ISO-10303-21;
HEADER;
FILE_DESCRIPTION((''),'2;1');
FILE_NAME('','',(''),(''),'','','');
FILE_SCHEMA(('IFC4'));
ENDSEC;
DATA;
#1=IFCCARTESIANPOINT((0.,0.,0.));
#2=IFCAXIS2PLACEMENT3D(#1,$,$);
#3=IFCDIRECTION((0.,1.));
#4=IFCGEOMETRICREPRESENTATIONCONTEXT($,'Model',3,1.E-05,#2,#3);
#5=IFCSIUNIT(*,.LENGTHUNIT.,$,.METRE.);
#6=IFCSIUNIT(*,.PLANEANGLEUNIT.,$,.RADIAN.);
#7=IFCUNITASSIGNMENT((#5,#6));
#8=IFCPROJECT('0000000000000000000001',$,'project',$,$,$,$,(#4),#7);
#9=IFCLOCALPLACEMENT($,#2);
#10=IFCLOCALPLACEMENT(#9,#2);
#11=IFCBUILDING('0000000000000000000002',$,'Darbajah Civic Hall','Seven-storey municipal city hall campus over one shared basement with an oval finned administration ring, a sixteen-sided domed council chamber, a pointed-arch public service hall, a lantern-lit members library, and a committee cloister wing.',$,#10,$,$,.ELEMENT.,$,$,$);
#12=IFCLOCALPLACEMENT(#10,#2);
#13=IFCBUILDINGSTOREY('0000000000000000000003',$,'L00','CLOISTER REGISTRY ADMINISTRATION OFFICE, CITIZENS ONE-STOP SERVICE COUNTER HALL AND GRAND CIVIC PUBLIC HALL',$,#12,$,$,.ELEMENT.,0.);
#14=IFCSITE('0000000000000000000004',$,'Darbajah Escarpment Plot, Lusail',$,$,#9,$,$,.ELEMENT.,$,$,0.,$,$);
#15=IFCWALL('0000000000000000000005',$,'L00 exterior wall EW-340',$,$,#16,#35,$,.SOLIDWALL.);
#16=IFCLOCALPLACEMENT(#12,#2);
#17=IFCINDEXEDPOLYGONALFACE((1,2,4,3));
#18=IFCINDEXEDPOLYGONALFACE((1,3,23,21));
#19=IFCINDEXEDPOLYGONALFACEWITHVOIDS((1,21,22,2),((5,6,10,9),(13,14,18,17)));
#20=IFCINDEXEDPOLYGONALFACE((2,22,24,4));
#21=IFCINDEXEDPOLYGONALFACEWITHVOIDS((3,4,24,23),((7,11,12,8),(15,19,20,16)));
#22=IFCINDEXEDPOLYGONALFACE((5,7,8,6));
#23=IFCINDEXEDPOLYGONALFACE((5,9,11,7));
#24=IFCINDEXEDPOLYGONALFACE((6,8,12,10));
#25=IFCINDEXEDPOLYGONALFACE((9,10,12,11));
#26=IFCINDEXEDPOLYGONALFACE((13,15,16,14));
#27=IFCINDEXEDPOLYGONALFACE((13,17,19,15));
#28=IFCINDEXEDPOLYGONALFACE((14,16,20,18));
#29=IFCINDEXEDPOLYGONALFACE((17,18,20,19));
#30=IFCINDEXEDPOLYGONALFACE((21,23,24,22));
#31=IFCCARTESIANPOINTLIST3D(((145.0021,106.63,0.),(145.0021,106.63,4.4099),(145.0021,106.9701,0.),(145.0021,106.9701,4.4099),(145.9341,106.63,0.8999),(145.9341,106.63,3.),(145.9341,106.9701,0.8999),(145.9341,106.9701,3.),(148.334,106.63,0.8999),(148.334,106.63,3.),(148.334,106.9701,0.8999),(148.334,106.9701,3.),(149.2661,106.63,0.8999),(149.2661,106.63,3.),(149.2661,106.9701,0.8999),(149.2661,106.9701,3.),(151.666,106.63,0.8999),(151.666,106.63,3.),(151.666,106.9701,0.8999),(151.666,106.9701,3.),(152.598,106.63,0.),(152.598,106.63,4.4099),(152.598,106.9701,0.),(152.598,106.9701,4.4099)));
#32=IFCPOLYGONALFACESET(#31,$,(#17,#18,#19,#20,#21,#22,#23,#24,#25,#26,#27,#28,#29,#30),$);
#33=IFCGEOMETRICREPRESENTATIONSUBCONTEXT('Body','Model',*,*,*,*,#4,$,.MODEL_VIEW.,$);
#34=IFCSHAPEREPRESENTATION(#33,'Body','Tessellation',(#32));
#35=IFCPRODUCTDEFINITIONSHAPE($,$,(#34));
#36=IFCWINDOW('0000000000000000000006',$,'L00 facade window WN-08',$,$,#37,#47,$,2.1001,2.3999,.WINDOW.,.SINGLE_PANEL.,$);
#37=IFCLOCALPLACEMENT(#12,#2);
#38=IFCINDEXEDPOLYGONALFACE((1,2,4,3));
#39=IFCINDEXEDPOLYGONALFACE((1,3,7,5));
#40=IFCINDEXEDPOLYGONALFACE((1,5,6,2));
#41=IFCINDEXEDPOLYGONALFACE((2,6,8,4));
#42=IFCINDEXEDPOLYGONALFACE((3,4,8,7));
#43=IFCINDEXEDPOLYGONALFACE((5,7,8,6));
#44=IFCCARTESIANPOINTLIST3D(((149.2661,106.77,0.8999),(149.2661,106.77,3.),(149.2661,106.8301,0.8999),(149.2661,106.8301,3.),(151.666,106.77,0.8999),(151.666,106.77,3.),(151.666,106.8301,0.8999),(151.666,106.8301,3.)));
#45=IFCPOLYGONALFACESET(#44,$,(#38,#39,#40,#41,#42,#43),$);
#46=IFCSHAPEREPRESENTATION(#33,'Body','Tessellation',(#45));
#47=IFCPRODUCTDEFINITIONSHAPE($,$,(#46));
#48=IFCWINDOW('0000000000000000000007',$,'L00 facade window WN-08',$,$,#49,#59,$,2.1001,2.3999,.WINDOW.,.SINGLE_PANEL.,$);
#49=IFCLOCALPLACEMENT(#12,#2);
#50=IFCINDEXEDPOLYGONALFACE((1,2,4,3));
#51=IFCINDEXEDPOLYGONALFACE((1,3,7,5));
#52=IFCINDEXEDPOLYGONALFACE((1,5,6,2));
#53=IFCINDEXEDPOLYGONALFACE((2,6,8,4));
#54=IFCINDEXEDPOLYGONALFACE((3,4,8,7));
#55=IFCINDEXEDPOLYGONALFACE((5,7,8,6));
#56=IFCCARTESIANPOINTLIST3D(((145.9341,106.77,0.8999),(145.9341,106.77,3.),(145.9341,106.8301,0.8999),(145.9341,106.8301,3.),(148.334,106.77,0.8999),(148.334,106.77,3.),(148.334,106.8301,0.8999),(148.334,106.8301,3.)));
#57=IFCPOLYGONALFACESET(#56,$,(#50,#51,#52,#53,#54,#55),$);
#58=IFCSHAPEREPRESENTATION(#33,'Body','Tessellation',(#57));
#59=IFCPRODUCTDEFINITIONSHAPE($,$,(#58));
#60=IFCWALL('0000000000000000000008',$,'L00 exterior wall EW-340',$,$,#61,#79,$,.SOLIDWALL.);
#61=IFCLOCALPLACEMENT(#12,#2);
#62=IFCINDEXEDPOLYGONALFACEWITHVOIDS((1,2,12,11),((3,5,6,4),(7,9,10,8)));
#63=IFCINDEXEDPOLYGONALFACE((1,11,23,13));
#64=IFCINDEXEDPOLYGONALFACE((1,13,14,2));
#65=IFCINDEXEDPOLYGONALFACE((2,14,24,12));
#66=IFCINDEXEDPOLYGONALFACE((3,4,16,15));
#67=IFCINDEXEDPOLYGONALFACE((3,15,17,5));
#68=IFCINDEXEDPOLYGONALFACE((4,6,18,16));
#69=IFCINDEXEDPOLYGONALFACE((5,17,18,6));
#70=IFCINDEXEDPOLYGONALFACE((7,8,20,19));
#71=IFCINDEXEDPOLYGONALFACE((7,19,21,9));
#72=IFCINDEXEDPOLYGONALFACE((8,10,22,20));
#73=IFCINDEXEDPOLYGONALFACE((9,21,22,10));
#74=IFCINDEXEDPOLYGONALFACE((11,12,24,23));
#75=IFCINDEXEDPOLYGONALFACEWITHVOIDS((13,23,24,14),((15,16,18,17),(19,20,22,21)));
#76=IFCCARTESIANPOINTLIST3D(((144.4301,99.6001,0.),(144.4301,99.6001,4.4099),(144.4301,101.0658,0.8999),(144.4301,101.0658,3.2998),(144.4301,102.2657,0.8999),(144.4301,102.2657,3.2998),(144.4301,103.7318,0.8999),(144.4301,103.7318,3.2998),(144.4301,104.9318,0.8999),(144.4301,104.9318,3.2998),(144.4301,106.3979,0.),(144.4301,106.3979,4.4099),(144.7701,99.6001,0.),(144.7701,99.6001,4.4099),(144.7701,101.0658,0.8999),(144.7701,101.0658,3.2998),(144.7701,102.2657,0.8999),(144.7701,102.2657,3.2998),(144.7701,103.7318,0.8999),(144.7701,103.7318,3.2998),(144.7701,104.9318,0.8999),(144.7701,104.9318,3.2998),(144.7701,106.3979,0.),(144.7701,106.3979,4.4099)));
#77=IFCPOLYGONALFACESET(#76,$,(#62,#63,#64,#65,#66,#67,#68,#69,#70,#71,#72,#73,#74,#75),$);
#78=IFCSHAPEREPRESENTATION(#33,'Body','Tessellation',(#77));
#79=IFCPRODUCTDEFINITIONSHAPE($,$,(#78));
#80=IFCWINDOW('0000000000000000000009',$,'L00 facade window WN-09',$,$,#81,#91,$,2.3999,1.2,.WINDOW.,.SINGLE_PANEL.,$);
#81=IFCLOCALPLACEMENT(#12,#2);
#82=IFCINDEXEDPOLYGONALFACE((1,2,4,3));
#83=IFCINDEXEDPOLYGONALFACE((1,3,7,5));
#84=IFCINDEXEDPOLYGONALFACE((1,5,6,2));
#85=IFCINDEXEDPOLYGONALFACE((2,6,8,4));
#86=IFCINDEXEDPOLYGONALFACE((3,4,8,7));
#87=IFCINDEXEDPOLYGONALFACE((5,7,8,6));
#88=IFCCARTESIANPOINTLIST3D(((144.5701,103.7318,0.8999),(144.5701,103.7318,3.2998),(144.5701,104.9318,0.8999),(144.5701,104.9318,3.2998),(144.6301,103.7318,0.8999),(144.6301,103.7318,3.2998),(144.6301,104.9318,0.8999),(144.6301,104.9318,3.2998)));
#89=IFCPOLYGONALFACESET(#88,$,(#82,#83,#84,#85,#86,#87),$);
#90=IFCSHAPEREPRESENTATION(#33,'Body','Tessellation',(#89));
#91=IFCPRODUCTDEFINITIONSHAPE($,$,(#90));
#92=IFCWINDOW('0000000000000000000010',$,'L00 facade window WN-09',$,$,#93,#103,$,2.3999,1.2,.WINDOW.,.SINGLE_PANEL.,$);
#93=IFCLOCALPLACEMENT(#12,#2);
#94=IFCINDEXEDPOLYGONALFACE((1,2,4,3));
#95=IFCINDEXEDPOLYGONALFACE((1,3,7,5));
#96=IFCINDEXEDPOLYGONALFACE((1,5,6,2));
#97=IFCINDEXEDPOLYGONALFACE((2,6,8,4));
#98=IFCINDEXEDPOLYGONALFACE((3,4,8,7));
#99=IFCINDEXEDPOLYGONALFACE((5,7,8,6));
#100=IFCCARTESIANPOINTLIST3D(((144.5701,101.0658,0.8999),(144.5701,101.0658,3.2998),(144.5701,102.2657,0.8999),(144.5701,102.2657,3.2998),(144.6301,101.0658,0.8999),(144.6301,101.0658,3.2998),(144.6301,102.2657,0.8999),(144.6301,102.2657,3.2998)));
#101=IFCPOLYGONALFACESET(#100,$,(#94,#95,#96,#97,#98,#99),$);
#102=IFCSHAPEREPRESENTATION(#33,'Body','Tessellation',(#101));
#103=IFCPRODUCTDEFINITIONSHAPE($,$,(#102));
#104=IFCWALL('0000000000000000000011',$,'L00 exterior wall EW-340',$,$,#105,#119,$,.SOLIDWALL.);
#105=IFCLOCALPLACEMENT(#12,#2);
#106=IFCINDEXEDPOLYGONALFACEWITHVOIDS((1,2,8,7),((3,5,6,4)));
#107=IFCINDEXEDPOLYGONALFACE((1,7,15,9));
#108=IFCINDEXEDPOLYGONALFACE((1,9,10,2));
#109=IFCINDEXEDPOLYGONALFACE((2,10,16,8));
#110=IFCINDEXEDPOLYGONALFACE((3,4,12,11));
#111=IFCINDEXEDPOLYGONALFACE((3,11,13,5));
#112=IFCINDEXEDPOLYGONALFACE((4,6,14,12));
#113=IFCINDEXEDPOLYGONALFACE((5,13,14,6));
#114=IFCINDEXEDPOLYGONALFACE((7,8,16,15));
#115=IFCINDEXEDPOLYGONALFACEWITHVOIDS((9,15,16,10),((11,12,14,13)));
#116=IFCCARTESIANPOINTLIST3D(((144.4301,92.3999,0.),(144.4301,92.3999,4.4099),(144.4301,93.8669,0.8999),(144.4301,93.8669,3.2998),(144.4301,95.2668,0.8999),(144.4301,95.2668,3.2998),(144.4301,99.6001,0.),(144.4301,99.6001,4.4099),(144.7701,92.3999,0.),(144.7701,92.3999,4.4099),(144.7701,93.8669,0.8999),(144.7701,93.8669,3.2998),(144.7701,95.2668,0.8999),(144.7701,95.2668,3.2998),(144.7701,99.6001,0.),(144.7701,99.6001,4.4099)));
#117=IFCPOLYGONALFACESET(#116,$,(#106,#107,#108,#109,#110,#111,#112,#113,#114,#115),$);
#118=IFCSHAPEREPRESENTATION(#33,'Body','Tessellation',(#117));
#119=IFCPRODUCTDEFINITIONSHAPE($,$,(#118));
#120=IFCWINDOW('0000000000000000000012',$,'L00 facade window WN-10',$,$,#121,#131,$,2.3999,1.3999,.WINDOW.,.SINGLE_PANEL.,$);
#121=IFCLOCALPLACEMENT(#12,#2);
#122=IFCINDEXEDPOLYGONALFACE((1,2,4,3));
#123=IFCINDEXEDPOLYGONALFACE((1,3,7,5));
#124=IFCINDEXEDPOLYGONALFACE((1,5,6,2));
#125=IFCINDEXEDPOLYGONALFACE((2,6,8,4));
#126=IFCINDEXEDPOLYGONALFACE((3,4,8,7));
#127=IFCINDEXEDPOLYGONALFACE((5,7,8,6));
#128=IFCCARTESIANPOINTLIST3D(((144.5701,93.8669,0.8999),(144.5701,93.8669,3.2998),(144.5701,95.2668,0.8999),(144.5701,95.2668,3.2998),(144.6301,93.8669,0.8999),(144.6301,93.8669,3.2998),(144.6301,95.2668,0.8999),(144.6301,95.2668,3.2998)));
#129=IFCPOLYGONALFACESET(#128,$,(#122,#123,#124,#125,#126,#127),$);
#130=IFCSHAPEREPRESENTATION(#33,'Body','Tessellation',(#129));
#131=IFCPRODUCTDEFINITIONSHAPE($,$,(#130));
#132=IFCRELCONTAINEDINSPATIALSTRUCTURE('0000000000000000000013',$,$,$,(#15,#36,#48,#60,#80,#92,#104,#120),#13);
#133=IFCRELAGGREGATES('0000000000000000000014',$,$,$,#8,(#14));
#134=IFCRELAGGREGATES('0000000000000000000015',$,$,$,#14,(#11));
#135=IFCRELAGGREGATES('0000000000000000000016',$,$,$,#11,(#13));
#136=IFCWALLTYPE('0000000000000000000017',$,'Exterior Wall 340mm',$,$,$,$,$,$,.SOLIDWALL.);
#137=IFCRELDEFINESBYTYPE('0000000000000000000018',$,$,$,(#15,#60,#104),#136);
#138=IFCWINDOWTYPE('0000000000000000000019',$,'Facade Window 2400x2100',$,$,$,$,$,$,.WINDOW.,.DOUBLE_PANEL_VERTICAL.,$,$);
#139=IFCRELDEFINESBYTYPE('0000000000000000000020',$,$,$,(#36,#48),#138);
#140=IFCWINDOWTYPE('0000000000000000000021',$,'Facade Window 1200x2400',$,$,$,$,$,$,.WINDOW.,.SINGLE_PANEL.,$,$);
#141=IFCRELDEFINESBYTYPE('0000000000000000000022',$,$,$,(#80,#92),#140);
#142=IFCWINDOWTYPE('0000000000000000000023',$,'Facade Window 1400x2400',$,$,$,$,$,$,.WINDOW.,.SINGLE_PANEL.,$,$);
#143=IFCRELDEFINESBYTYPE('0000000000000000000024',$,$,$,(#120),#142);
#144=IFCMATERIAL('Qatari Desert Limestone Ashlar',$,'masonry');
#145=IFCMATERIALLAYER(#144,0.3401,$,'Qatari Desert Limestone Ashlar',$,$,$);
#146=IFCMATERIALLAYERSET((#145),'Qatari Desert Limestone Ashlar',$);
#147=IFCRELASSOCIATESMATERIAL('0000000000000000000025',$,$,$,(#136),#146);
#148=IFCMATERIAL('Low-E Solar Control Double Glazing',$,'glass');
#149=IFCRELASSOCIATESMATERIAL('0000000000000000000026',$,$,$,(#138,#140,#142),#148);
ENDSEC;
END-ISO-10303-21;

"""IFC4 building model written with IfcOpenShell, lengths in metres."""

from ifc_helpers import new_model, si_unit, direction, frame, frame_2d, origin, place, context, subcontext, project, spatial, rectangle, extrude, material, layer, layer_set, type_object, element, fill, save


model = new_model("IFC4")

# Units and contexts
model_context = context("Model", 3, precision=1e-05, world=origin(), true_north=direction((0.0, 1.0)))
body_context = subcontext(model_context, "Body", "Model", "MODEL_VIEW")
ifc_project = project(units=[si_unit("LENGTHUNIT", "METRE"), si_unit("PLANEANGLEUNIT", "RADIAN")], contexts=[model_context])

# Site, building, storey
site_placement = place(None, origin())
site = spatial("IfcSite", under=ifc_project, at=site_placement, Name="Darbajah Escarpment Plot, Lusail", CompositionType="ELEMENT", RefElevation=0.0)
building_placement = place(site_placement, origin())
building = spatial("IfcBuilding", under=site, at=building_placement, Name="Darbajah Civic Hall", Description="Seven-storey municipal city hall campus over one shared basement with an oval finned administration ring, a sixteen-sided domed council chamber, a pointed-arch public service hall, a lantern-lit members library, and a committee cloister wing.", CompositionType="ELEMENT")
storey_placement = place(building_placement, origin())
storey = spatial("IfcBuildingStorey", under=building, at=storey_placement, Name="L00", Description="CLOISTER REGISTRY ADMINISTRATION OFFICE, CITIZENS ONE-STOP SERVICE COUNTER HALL AND GRAND CIVIC PUBLIC HALL", CompositionType="ELEMENT", Elevation=0.0)

# Walls, openings, windows
ifc_material_1 = material(Name="Qatari Desert Limestone Ashlar", Category="masonry")
ifc_layer_1 = layer(ifc_material_1, 0.3401, Name="Qatari Desert Limestone Ashlar")
ifc_layer_set_1 = layer_set([ifc_layer_1], Name="Qatari Desert Limestone Ashlar")
wall_type_1 = type_object("IfcWallType", Name="Exterior Wall 340mm", PredefinedType="SOLIDWALL", material=ifc_layer_set_1)
wall_1_placement = place(storey_placement, frame((152.5979, 106.8, 0.0), z_axis=(0.0, 0.0, 1.0), x_axis=(-1.0, 0.0, 0.0)))
wall_1 = element("IfcWall", 1, at=wall_1_placement, inside=storey, type_object=wall_type_1, Name="L00 exterior wall EW-340", PredefinedType="SOLIDWALL", context=body_context, shape_type="SweptSolid", body=[
    extrude(rectangle(XDim=7.5959, YDim=0.3401, at=frame_2d((3.7979, 0.0))), origin(), (0.0, 0.0, 1.0), 4.4099),
])
opening_1_placement = place(wall_1_placement, frame((0.9319, 0.0, 0.8999)))
opening_1 = element("IfcOpeningElement", 2, at=opening_1_placement, cuts=wall_1, PredefinedType="OPENING", context=body_context, shape_type="SweptSolid", body=[
    extrude(rectangle(XDim=2.3999, YDim=2.1001, at=frame_2d((1.2, 1.05))), frame((0.0, 0.1799, 0.0), z_axis=(0.0, -1.0, 0.0), x_axis=(1.0, 0.0, 0.0)), (0.0, 0.0, 1.0), 0.3601),
])
opening_2_placement = place(wall_1_placement, frame((4.2639, 0.0, 0.8999)))
opening_2 = element("IfcOpeningElement", 3, at=opening_2_placement, cuts=wall_1, PredefinedType="OPENING", context=body_context, shape_type="SweptSolid", body=[
    extrude(rectangle(XDim=2.3999, YDim=2.1001, at=frame_2d((1.2, 1.05))), frame((0.0, 0.1799, 0.0), z_axis=(0.0, -1.0, 0.0), x_axis=(1.0, 0.0, 0.0)), (0.0, 0.0, 1.0), 0.3601),
])
ifc_material_2 = material(Name="Low-E Solar Control Double Glazing", Category="glass")
window_type_1 = type_object("IfcWindowType", Name="Facade Window 2400x2100", PartitioningType="DOUBLE_PANEL_VERTICAL", PredefinedType="WINDOW", material=ifc_material_2)
window_1_placement = place(opening_1_placement, origin())
window_1 = element("IfcWindow", 4, at=window_1_placement, inside=storey, type_object=window_type_1, Name="L00 facade window WN-08", OverallHeight=2.1001, OverallWidth=2.3999, PartitioningType="SINGLE_PANEL", PredefinedType="WINDOW", context=body_context, shape_type="SweptSolid", body=[
    extrude(rectangle(XDim=2.3999, YDim=2.1001, at=frame_2d((1.2, 1.05))), frame((0.0, 0.03, 0.0), z_axis=(0.0, -1.0, 0.0), x_axis=(1.0, 0.0, 0.0)), (0.0, 0.0, 1.0), 0.0601),
])
fill(opening_1, window_1)
window_2_placement = place(opening_2_placement, origin())
window_2 = element("IfcWindow", 5, at=window_2_placement, inside=storey, type_object=window_type_1, Name="L00 facade window WN-08", OverallHeight=2.1001, OverallWidth=2.3999, PartitioningType="SINGLE_PANEL", PredefinedType="WINDOW", context=body_context, shape_type="SweptSolid", body=[
    extrude(rectangle(XDim=2.3999, YDim=2.1001, at=frame_2d((1.2, 1.05))), frame((0.0, 0.03, 0.0), z_axis=(0.0, -1.0, 0.0), x_axis=(1.0, 0.0, 0.0)), (0.0, 0.0, 1.0), 0.0601),
])
fill(opening_2, window_2)
wall_2_placement = place(storey_placement, frame((144.6001, 106.3979, 0.0), z_axis=(0.0, 0.0, 1.0), x_axis=(0.0, -1.0, 0.0)))
wall_2 = element("IfcWall", 6, at=wall_2_placement, inside=storey, type_object=wall_type_1, Name="L00 exterior wall EW-340", PredefinedType="SOLIDWALL", context=body_context, shape_type="SweptSolid", body=[
    extrude(rectangle(XDim=6.7979, YDim=0.3401, at=frame_2d((3.3989, 0.0))), origin(), (0.0, 0.0, 1.0), 4.4099),
])
opening_3_placement = place(wall_2_placement, frame((1.4661, 0.0, 0.8999)))
opening_3 = element("IfcOpeningElement", 7, at=opening_3_placement, cuts=wall_2, PredefinedType="OPENING", context=body_context, shape_type="SweptSolid", body=[
    extrude(rectangle(XDim=1.2, YDim=2.3999, at=frame_2d((0.6001, 1.2))), frame((0.0, 0.1799, 0.0), z_axis=(0.0, -1.0, 0.0), x_axis=(1.0, 0.0, 0.0)), (0.0, 0.0, 1.0), 0.3601),
])
opening_4_placement = place(wall_2_placement, frame((4.1321, 0.0, 0.8999)))
opening_4 = element("IfcOpeningElement", 8, at=opening_4_placement, cuts=wall_2, PredefinedType="OPENING", context=body_context, shape_type="SweptSolid", body=[
    extrude(rectangle(XDim=1.2, YDim=2.3999, at=frame_2d((0.6001, 1.2))), frame((0.0, 0.1799, 0.0), z_axis=(0.0, -1.0, 0.0), x_axis=(1.0, 0.0, 0.0)), (0.0, 0.0, 1.0), 0.3601),
])
window_type_2 = type_object("IfcWindowType", Name="Facade Window 1200x2400", PartitioningType="SINGLE_PANEL", PredefinedType="WINDOW", material=ifc_material_2)
window_3_placement = place(opening_3_placement, origin())
window_3 = element("IfcWindow", 9, at=window_3_placement, inside=storey, type_object=window_type_2, Name="L00 facade window WN-09", OverallHeight=2.3999, OverallWidth=1.2, PartitioningType="SINGLE_PANEL", PredefinedType="WINDOW", context=body_context, shape_type="SweptSolid", body=[
    extrude(rectangle(XDim=1.2, YDim=2.3999, at=frame_2d((0.6001, 1.2))), frame((0.0, 0.03, 0.0), z_axis=(0.0, -1.0, 0.0), x_axis=(1.0, 0.0, 0.0)), (0.0, 0.0, 1.0), 0.0601),
])
fill(opening_3, window_3)
window_4_placement = place(opening_4_placement, origin())
window_4 = element("IfcWindow", 10, at=window_4_placement, inside=storey, type_object=window_type_2, Name="L00 facade window WN-09", OverallHeight=2.3999, OverallWidth=1.2, PartitioningType="SINGLE_PANEL", PredefinedType="WINDOW", context=body_context, shape_type="SweptSolid", body=[
    extrude(rectangle(XDim=1.2, YDim=2.3999, at=frame_2d((0.6001, 1.2))), frame((0.0, 0.03, 0.0), z_axis=(0.0, -1.0, 0.0), x_axis=(1.0, 0.0, 0.0)), (0.0, 0.0, 1.0), 0.0601),
])
fill(opening_4, window_4)

# Wall, opening, window
wall_3_placement = place(storey_placement, frame((144.6001, 99.6001, 0.0), z_axis=(0.0, 0.0, 1.0), x_axis=(0.0, -1.0, 0.0)))
wall_3 = element("IfcWall", 11, at=wall_3_placement, inside=storey, type_object=wall_type_1, Name="L00 exterior wall EW-340", PredefinedType="SOLIDWALL", context=body_context, shape_type="SweptSolid", body=[
    extrude(rectangle(XDim=7.2002, YDim=0.3401, at=frame_2d((3.6001, 0.0))), origin(), (0.0, 0.0, 1.0), 4.4099),
])
opening_5_placement = place(wall_3_placement, frame((4.3333, 0.0, 0.8999)))
opening_5 = element("IfcOpeningElement", 12, at=opening_5_placement, cuts=wall_3, PredefinedType="OPENING", context=body_context, shape_type="SweptSolid", body=[
    extrude(rectangle(XDim=1.3999, YDim=2.3999, at=frame_2d((0.7, 1.2))), frame((0.0, 0.1799, 0.0), z_axis=(0.0, -1.0, 0.0), x_axis=(1.0, 0.0, 0.0)), (0.0, 0.0, 1.0), 0.3601),
])
window_type_3 = type_object("IfcWindowType", Name="Facade Window 1400x2400", PartitioningType="SINGLE_PANEL", PredefinedType="WINDOW", material=ifc_material_2)
window_5_placement = place(opening_5_placement, origin())
window_5 = element("IfcWindow", 13, at=window_5_placement, inside=storey, type_object=window_type_3, Name="L00 facade window WN-10", OverallHeight=2.3999, OverallWidth=1.3999, PartitioningType="SINGLE_PANEL", PredefinedType="WINDOW", context=body_context, shape_type="SweptSolid", body=[
    extrude(rectangle(XDim=1.3999, YDim=2.3999, at=frame_2d((0.7, 1.2))), frame((0.0, 0.03, 0.0), z_axis=(0.0, -1.0, 0.0), x_axis=(1.0, 0.0, 0.0)), (0.0, 0.0, 1.0), 0.0601),
])
fill(opening_5, window_5)

save(model, "model.ifc")
